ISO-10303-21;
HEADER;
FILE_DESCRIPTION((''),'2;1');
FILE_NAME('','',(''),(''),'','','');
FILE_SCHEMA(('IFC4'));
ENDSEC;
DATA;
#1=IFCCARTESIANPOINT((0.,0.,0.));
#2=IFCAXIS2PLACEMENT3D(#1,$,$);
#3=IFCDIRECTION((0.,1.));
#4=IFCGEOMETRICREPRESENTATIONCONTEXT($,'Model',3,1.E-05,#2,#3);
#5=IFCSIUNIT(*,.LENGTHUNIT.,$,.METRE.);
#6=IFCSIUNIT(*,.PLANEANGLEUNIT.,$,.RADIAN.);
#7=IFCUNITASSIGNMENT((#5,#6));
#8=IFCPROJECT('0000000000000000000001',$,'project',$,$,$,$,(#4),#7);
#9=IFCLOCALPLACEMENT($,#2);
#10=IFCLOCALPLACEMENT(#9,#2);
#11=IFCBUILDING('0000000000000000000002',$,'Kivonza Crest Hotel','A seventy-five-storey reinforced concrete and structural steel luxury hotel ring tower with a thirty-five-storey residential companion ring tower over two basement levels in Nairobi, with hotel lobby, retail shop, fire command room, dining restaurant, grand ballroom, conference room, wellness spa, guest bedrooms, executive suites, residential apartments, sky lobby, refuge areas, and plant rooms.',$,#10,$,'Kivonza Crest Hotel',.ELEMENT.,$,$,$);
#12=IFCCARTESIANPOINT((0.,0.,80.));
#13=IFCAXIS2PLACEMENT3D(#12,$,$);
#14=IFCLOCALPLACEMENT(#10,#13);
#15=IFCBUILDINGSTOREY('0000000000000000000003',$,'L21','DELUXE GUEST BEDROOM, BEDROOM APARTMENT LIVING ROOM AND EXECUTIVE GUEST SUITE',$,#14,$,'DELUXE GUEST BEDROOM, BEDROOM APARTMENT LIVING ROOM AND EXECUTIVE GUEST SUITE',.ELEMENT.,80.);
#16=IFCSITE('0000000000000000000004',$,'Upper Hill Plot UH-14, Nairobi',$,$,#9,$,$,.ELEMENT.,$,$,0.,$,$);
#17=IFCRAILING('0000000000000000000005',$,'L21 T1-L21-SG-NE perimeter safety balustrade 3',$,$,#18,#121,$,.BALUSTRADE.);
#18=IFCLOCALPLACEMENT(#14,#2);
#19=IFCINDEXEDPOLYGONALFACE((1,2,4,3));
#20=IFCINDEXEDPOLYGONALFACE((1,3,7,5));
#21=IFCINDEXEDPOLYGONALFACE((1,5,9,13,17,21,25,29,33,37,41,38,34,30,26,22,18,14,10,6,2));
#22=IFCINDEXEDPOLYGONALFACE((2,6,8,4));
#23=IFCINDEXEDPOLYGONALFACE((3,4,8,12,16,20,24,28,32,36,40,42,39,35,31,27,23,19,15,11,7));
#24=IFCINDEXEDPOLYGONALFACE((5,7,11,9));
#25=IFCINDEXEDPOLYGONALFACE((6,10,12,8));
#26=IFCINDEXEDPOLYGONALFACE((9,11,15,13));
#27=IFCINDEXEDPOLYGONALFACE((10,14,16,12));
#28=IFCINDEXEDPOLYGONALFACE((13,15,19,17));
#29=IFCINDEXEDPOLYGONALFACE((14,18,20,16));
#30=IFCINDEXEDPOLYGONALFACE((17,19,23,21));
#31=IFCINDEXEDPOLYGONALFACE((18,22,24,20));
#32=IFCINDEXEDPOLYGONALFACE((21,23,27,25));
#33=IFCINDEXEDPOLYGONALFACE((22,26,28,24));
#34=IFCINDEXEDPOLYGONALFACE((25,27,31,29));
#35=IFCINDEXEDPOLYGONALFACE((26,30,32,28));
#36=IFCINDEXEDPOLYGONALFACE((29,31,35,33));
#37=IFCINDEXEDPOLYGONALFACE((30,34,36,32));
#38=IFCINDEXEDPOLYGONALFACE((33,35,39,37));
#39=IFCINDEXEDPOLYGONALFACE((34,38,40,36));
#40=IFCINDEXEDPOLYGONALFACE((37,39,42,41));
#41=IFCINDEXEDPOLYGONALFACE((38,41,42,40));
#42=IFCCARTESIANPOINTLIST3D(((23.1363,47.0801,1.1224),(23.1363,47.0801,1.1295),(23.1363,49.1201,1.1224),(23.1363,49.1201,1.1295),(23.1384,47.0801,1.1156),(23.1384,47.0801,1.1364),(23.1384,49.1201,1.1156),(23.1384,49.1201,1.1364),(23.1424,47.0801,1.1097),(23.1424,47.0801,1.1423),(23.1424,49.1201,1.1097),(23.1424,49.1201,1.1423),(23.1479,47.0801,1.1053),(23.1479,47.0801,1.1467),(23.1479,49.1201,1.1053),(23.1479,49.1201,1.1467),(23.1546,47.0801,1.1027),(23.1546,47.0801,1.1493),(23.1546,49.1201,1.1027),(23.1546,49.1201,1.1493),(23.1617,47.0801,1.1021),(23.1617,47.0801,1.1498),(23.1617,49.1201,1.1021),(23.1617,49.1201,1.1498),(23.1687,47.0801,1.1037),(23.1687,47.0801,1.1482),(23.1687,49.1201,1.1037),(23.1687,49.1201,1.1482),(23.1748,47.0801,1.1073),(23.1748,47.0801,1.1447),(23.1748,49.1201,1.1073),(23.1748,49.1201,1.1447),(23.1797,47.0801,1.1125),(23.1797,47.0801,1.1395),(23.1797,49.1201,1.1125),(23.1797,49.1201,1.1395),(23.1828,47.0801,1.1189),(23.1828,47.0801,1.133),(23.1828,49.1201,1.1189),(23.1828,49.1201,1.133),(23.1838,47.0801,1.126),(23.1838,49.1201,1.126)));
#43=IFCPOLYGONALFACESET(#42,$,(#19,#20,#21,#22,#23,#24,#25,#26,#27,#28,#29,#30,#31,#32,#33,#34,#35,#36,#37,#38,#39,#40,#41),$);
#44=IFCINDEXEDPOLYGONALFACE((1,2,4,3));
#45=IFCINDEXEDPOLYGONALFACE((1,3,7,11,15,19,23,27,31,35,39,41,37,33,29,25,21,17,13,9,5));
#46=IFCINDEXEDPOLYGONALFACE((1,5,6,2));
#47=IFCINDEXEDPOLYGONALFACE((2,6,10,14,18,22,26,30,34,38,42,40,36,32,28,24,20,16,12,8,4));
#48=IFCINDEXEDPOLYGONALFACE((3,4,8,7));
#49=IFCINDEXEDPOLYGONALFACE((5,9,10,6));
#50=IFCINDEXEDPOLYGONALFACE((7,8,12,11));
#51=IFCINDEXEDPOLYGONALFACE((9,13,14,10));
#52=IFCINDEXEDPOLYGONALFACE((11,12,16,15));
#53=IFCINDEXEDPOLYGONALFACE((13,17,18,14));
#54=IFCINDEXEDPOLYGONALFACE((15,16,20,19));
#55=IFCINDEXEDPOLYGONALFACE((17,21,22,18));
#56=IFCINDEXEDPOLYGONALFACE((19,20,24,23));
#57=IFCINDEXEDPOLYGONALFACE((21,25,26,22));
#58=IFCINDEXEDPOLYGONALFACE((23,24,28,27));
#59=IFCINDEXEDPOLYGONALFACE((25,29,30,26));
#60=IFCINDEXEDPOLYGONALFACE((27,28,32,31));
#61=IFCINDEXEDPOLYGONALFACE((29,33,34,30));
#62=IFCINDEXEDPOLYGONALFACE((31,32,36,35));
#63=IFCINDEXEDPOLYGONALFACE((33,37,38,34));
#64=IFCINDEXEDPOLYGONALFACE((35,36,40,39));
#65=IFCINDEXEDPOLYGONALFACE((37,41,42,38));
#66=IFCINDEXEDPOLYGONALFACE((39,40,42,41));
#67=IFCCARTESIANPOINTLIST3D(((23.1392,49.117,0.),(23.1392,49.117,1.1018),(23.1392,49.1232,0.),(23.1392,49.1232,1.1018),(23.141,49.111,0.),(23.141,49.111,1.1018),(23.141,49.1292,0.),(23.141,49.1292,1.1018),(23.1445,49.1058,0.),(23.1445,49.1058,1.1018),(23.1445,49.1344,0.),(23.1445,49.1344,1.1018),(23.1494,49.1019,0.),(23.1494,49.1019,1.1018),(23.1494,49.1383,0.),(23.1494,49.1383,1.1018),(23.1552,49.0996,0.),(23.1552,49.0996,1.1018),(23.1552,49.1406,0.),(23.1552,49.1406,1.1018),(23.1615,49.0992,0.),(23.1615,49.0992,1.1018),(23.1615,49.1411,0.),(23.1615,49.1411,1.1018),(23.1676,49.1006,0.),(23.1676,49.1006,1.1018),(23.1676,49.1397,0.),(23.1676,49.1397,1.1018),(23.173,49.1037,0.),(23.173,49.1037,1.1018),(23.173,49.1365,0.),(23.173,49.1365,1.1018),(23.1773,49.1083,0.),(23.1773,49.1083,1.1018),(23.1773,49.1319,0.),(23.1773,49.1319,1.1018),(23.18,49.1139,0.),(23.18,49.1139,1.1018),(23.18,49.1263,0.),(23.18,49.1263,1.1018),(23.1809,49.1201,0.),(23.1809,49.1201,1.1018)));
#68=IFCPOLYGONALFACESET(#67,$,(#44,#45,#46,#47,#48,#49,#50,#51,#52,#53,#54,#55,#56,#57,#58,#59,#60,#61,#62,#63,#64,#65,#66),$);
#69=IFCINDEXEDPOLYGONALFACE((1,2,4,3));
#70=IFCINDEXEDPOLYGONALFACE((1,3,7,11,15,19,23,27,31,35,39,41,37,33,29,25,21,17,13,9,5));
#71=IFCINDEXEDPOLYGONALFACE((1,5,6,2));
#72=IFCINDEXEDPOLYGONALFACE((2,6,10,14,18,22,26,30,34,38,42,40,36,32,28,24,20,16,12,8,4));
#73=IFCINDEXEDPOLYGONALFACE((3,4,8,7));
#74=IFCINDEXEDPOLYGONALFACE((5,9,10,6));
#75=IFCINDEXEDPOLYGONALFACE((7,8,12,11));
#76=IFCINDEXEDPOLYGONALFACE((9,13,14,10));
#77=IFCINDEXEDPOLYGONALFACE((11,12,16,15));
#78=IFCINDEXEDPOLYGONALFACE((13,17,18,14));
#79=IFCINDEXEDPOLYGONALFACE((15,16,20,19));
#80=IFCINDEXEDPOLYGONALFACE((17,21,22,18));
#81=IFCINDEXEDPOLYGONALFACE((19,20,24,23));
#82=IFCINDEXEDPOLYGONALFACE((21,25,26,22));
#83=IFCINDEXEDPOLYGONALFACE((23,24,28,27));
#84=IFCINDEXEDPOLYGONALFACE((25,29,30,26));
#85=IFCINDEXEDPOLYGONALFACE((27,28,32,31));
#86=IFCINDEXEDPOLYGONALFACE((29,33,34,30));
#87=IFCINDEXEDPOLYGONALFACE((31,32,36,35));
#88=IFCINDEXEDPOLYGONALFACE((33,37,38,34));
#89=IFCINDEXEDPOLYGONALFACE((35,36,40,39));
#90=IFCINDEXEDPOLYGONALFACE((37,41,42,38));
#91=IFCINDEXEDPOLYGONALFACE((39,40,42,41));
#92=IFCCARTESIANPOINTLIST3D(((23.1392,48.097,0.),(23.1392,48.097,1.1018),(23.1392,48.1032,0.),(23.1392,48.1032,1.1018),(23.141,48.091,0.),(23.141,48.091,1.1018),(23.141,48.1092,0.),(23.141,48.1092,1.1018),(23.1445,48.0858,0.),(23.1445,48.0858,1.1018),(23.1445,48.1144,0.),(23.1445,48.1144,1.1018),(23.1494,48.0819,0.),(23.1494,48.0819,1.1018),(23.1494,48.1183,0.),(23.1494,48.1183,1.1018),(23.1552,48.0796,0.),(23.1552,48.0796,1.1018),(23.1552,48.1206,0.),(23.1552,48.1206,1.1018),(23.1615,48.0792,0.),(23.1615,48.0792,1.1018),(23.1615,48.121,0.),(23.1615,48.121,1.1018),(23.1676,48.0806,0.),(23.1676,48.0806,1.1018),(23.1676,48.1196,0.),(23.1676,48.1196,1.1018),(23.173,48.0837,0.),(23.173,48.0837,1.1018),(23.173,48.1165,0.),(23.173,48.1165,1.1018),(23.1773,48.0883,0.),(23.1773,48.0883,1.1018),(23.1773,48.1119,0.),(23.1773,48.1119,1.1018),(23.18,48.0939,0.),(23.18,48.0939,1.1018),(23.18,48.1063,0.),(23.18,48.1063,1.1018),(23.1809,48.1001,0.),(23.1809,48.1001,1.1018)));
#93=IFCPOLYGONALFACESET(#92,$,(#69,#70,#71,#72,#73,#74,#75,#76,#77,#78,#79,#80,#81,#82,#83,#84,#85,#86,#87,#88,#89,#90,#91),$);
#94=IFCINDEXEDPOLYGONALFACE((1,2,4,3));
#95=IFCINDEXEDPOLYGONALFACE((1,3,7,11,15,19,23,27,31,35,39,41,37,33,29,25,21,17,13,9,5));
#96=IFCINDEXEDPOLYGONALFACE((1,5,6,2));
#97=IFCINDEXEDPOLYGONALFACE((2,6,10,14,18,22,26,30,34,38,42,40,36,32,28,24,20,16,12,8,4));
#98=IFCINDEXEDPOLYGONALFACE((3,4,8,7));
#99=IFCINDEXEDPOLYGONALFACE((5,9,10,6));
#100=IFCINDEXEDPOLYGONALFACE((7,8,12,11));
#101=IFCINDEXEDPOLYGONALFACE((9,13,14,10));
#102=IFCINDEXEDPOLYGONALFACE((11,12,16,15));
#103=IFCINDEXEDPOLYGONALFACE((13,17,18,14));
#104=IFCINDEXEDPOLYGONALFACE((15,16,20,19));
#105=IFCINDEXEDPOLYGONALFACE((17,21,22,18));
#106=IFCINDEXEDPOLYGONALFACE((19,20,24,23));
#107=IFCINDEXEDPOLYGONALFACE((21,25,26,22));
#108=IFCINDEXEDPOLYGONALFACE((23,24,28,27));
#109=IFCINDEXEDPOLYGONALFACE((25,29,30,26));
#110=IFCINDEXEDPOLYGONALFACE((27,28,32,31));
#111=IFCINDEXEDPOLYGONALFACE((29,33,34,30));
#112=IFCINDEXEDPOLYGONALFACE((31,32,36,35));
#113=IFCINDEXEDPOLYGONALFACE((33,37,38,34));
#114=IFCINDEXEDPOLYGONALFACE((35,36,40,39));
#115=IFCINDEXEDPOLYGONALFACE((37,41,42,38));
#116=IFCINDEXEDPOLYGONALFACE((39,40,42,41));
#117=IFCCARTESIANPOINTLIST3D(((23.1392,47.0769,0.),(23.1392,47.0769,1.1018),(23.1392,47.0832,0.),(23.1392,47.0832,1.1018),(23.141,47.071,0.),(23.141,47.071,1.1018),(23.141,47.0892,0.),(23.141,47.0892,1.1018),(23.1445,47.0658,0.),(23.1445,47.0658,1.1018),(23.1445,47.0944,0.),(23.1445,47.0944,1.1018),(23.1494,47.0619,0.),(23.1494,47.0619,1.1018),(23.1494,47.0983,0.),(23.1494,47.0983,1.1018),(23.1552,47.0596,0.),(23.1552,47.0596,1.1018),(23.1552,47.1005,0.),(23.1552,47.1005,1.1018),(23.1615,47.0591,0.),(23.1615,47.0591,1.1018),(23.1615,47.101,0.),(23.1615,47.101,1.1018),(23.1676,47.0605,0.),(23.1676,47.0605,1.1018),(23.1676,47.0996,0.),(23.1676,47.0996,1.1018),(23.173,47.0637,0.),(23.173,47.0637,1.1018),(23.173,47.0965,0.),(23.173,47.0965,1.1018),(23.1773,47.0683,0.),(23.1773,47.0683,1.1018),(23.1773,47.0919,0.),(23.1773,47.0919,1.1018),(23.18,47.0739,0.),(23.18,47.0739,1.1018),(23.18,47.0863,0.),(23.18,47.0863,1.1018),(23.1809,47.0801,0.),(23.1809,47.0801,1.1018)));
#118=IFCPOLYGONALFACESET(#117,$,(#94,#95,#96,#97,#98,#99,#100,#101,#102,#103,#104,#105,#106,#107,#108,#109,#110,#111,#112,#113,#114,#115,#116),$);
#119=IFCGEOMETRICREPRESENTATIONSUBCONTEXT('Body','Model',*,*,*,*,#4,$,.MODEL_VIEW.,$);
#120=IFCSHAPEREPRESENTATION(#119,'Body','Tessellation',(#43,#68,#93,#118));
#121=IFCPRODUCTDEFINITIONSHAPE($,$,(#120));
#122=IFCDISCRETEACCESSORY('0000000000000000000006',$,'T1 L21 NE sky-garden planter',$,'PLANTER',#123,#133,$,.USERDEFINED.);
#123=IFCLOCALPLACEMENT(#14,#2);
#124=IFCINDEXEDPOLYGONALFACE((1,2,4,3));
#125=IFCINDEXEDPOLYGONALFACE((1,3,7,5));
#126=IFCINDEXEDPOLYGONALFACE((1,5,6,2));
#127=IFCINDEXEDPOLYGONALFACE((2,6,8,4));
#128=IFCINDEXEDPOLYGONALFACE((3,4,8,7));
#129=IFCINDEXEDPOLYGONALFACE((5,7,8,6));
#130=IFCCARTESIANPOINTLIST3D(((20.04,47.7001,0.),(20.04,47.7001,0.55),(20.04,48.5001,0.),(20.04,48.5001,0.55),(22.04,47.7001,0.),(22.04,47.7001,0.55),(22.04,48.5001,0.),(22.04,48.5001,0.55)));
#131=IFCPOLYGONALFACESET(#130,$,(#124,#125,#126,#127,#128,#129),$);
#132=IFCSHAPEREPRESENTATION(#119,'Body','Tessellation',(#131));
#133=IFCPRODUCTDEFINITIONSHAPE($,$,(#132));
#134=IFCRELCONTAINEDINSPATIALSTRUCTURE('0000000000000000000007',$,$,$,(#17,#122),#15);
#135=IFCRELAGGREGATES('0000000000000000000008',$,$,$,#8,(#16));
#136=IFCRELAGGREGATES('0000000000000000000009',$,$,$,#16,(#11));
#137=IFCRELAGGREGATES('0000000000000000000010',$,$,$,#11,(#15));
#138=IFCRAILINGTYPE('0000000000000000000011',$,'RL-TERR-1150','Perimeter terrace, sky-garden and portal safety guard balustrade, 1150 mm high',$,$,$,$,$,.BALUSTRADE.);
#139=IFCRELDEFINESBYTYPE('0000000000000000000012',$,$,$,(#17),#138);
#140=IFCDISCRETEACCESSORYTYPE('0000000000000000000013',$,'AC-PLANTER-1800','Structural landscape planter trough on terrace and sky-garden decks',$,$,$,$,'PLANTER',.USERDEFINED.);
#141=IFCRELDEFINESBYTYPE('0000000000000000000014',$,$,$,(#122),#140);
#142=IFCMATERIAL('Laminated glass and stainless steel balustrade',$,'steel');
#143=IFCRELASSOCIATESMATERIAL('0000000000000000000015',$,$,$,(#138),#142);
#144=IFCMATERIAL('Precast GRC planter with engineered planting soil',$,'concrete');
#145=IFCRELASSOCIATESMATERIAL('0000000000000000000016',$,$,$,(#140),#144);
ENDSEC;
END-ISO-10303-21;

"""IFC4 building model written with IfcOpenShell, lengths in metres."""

from ifc_helpers import new_model, si_unit, direction, frame, origin, origin_2d, place, context, subcontext, project, spatial, rectangle, circle, extrude, material, type_object, element, save


model = new_model("IFC4")

# Units and contexts
model_context = context("Model", 3, precision=1e-05, world=origin(), true_north=direction((0.0, 1.0)))
body_context = subcontext(model_context, "Body", "Model", "MODEL_VIEW")
ifc_project = project(units=[si_unit("LENGTHUNIT", "METRE"), si_unit("PLANEANGLEUNIT", "RADIAN")], contexts=[model_context])

# Site, building, storey
site_placement = place(None, origin())
site = spatial("IfcSite", under=ifc_project, at=site_placement, Name="Upper Hill Plot UH-14, Nairobi", CompositionType="ELEMENT", RefElevation=0.0)
building_placement = place(site_placement, origin())
building = spatial("IfcBuilding", under=site, at=building_placement, Name="Kivonza Crest Hotel", Description="A seventy-five-storey reinforced concrete and structural steel luxury hotel ring tower with a thirty-five-storey residential companion ring tower over two basement levels in Nairobi, with hotel lobby, retail shop, fire command room, dining restaurant, grand ballroom, conference room, wellness spa, guest bedrooms, executive suites, residential apartments, sky lobby, refuge areas, and plant rooms.", LongName="Kivonza Crest Hotel", CompositionType="ELEMENT")
storey_placement = place(building_placement, frame((0.0, 0.0, 80.0)))
storey = spatial("IfcBuildingStorey", under=building, at=storey_placement, Name="L21", Description="DELUXE GUEST BEDROOM, BEDROOM APARTMENT LIVING ROOM AND EXECUTIVE GUEST SUITE", LongName="DELUXE GUEST BEDROOM, BEDROOM APARTMENT LIVING ROOM AND EXECUTIVE GUEST SUITE", CompositionType="ELEMENT", Elevation=80.0)

# Railing
ifc_material_1 = material(Name="Laminated glass and stainless steel balustrade", Category="steel")
railing_type = type_object("IfcRailingType", Name="RL-TERR-1150", Description="Perimeter terrace, sky-garden and portal safety guard balustrade, 1150 mm high", PredefinedType="BALUSTRADE", material=ifc_material_1)
railing_placement = place(storey_placement, frame((23.1599, 49.1201, 0.0)))
element("IfcRailing", 1, at=railing_placement, inside=storey, type_object=railing_type, Name="L21 T1-L21-SG-NE perimeter safety balustrade 3", PredefinedType="BALUSTRADE", context=body_context, shape_type="SweptSolid", body=[
    extrude(circle(Radius=0.0239, at=origin_2d()), frame((0.0, 0.0, 1.126), z_axis=(0.0, -1.0, 0.0), x_axis=(1.0, 0.0, 0.0)), (0.0, 0.0, 1.0), 2.04),
    extrude(circle(Radius=0.021, at=origin_2d()), origin(), (0.0, 0.0, 1.0), 1.1018),
    extrude(circle(Radius=0.021, at=origin_2d()), frame((0.0, -1.02, 0.0)), (0.0, 0.0, 1.0), 1.1018),
    extrude(circle(Radius=0.021, at=origin_2d()), frame((0.0, -2.04, 0.0)), (0.0, 0.0, 1.0), 1.1018),
])

# Discrete accessory
ifc_material_2 = material(Name="Precast GRC planter with engineered planting soil", Category="concrete")
discrete_accessory_type = type_object("IfcDiscreteAccessoryType", Name="AC-PLANTER-1800", Description="Structural landscape planter trough on terrace and sky-garden decks", ElementType="PLANTER", PredefinedType="USERDEFINED", material=ifc_material_2)
discrete_accessory_placement = place(storey_placement, frame((21.04, 48.1001, 0.0), z_axis=(0.0, 0.0, 1.0), x_axis=(1.0, 0.0, 0.0)))
element("IfcDiscreteAccessory", 2, at=discrete_accessory_placement, inside=storey, type_object=discrete_accessory_type, Name="T1 L21 NE sky-garden planter", ObjectType="PLANTER", PredefinedType="USERDEFINED", context=body_context, shape_type="SweptSolid", body=[
    extrude(rectangle(XDim=2.0, YDim=0.8, at=origin_2d()), origin(), (0.0, 0.0, 1.0), 0.55),
])

save(model, "model.ifc")
